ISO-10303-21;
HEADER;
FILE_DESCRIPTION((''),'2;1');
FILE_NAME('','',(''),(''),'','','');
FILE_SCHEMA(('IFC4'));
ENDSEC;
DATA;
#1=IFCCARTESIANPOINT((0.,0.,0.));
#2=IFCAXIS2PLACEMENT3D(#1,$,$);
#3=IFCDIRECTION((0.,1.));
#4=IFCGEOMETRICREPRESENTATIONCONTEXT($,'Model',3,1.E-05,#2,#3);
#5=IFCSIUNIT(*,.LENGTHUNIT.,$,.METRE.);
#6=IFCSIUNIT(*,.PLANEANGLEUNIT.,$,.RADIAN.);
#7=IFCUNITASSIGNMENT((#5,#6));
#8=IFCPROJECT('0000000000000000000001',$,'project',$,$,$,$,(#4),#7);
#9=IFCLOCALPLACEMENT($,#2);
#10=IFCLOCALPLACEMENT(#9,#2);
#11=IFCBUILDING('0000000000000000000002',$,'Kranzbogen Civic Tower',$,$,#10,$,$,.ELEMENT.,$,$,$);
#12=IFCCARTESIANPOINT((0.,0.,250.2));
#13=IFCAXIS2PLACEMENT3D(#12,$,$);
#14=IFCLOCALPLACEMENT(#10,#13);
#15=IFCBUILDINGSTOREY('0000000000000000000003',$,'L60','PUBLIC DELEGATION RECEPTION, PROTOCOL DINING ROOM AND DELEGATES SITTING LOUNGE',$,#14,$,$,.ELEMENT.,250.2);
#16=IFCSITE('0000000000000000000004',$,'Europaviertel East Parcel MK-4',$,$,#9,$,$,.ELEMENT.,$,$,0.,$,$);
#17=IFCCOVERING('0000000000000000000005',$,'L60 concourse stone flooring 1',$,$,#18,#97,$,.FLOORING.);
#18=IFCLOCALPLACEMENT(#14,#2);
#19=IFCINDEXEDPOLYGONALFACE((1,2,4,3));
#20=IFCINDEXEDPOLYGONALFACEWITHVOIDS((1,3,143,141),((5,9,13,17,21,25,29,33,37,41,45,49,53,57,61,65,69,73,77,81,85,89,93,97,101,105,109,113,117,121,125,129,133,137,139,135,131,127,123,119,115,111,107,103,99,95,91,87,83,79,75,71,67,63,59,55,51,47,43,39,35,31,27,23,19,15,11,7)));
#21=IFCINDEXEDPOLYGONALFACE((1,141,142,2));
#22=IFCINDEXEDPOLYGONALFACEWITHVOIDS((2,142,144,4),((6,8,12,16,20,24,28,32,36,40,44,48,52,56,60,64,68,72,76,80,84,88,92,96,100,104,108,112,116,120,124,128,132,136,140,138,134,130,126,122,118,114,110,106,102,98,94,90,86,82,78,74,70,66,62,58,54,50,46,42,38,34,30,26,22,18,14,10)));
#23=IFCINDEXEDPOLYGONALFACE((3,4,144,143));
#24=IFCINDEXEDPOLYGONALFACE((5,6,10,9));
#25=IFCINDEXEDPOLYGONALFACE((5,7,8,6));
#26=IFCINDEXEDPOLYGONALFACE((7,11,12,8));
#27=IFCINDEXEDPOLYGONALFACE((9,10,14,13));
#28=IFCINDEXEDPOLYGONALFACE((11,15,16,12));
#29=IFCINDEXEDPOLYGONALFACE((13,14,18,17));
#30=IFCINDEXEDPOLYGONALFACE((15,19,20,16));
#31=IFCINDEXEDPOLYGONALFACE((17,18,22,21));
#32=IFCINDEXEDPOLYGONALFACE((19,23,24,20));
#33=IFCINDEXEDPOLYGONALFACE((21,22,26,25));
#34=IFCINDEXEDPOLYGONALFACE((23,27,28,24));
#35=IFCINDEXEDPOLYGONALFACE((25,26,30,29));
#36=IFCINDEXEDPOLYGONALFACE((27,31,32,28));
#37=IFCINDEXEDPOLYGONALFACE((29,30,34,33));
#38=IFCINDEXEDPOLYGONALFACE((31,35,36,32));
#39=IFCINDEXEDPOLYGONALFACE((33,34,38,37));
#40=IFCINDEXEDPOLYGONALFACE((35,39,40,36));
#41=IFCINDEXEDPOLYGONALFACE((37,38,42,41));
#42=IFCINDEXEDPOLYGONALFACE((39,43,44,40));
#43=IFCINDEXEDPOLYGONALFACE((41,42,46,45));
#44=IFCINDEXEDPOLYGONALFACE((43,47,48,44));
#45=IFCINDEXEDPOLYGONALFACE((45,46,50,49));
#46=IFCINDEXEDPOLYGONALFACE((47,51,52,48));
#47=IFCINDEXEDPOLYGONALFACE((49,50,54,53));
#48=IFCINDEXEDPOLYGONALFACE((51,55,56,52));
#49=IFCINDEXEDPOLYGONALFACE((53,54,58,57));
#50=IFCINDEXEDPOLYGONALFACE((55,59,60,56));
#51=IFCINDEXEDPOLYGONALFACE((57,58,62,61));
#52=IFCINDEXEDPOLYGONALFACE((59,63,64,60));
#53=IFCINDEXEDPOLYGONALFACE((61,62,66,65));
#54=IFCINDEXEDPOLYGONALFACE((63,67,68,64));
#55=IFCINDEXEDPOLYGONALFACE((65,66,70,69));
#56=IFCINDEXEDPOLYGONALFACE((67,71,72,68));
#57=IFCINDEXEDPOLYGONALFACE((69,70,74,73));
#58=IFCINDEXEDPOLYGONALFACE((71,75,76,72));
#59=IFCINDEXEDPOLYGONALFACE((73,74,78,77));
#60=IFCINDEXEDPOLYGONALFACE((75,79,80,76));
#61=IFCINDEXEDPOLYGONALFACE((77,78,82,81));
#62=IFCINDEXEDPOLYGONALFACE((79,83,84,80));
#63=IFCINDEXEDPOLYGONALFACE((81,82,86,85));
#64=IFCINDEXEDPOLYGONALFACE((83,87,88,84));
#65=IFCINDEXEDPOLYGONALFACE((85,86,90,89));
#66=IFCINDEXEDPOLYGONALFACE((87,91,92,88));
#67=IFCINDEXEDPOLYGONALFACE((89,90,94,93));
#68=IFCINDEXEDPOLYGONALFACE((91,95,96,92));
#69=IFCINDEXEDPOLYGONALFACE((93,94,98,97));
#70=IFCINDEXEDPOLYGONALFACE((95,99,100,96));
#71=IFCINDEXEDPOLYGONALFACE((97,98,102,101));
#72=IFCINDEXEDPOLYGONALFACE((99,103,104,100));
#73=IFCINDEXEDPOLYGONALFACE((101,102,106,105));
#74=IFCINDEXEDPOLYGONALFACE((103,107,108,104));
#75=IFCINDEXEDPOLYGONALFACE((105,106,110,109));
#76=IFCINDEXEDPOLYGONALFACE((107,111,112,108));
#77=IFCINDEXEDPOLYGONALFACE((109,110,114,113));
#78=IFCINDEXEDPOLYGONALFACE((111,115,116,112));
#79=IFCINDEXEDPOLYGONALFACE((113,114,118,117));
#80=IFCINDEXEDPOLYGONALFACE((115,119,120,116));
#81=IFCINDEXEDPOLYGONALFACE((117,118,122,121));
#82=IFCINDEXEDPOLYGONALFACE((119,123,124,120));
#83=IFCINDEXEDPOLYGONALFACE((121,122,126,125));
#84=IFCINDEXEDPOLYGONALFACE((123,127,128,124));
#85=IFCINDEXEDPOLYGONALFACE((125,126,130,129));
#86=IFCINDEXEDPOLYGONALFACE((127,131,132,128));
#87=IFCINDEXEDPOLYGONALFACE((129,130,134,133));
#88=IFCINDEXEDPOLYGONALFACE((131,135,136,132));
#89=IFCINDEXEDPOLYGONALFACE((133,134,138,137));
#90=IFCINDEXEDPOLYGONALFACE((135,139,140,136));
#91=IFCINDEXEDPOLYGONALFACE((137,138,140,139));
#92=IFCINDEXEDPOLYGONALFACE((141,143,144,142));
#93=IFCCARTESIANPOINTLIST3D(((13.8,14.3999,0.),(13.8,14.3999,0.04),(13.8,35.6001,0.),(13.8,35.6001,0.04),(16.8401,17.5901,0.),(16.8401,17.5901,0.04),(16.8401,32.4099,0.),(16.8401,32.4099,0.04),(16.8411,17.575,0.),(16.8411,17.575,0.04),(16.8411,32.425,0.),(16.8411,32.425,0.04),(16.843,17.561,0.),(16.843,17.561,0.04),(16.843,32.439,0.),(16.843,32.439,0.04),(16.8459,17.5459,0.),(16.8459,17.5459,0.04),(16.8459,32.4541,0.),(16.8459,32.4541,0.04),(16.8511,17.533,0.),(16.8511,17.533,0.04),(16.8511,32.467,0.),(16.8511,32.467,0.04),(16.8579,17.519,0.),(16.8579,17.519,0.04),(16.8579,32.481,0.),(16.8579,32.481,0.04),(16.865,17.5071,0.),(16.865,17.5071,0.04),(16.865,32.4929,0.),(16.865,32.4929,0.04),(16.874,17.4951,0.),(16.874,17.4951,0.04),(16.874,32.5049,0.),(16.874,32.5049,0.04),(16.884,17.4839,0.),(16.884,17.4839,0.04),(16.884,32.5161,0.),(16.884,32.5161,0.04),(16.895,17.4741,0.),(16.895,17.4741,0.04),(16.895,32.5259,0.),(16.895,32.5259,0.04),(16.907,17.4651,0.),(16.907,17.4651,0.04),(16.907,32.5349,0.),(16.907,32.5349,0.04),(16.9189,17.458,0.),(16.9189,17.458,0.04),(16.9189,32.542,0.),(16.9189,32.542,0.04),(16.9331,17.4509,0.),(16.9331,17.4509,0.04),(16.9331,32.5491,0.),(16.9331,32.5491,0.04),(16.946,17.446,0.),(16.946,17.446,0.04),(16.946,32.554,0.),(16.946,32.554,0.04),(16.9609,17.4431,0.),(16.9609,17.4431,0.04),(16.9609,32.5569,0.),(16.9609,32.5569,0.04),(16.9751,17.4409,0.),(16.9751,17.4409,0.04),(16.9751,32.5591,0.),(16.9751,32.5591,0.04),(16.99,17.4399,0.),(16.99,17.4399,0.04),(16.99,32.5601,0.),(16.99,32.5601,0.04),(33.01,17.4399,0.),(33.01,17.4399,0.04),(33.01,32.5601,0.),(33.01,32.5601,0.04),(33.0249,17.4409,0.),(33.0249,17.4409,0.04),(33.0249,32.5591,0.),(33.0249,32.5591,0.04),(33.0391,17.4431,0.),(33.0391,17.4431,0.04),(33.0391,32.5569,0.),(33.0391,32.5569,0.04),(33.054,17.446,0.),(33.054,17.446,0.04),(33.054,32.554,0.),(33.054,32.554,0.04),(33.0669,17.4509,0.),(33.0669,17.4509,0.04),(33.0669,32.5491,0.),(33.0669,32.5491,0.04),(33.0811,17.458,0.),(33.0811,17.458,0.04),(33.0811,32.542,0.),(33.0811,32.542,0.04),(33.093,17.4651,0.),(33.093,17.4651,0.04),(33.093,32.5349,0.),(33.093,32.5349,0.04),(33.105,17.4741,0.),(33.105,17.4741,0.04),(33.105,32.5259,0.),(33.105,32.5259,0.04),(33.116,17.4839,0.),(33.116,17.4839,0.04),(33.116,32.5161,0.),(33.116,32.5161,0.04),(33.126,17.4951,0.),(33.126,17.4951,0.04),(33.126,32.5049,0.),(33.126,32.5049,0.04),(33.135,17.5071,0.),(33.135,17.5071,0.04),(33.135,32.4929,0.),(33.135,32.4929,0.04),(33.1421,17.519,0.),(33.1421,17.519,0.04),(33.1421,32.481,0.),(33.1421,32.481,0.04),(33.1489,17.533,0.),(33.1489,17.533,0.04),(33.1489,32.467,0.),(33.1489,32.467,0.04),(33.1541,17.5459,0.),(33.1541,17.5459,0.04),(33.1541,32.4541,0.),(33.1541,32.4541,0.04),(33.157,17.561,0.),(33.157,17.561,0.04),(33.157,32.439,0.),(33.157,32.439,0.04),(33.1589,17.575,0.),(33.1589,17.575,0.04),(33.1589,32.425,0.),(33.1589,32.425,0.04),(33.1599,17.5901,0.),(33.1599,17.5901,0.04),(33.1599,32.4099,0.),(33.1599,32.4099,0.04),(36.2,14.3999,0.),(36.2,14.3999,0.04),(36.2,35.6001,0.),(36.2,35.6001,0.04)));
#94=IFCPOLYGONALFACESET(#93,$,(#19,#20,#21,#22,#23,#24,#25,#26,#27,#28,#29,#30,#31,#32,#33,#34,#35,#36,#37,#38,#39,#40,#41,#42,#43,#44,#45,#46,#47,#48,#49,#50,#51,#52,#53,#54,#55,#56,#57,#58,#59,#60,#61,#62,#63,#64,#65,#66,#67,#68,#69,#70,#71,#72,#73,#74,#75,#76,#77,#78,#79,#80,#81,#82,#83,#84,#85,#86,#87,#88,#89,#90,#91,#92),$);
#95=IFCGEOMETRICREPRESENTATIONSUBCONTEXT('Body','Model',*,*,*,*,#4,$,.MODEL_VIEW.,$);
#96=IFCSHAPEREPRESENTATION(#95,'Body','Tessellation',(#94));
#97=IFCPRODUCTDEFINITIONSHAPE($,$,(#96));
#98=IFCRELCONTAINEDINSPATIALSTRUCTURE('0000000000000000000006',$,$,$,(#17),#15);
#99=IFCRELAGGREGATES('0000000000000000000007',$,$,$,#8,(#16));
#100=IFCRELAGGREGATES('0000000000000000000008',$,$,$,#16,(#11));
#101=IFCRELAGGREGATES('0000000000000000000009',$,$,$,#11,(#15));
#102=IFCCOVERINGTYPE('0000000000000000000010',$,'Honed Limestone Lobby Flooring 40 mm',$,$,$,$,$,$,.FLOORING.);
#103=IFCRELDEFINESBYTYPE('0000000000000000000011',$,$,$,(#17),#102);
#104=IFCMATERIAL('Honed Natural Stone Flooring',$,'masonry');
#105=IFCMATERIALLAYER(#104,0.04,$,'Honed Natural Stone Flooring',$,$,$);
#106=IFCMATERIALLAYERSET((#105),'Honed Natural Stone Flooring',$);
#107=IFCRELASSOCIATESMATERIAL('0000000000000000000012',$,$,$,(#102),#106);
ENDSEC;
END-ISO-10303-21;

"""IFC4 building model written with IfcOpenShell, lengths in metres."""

from ifc_helpers import new_model, si_unit, direction, frame, origin, place, context, subcontext, project, spatial, polyline, outline, extrude, material, layer, layer_set, type_object, element, save


model = new_model("IFC4")

# Units and contexts
model_context = context("Model", 3, precision=1e-05, world=origin(), true_north=direction((0.0, 1.0)))
body_context = subcontext(model_context, "Body", "Model", "MODEL_VIEW")
ifc_project = project(units=[si_unit("LENGTHUNIT", "METRE"), si_unit("PLANEANGLEUNIT", "RADIAN")], contexts=[model_context])

# Site, building, storey
site_placement = place(None, origin())
site = spatial("IfcSite", under=ifc_project, at=site_placement, Name="Europaviertel East Parcel MK-4", CompositionType="ELEMENT", RefElevation=0.0)
building_placement = place(site_placement, origin())
building = spatial("IfcBuilding", under=site, at=building_placement, Name="Kranzbogen Civic Tower", CompositionType="ELEMENT")
storey_placement = place(building_placement, frame((0.0, 0.0, 250.2)))
storey = spatial("IfcBuildingStorey", under=building, at=storey_placement, Name="L60", Description="PUBLIC DELEGATION RECEPTION, PROTOCOL DINING ROOM AND DELEGATES SITTING LOUNGE", CompositionType="ELEMENT", Elevation=250.2)

# Covering
ifc_material_1 = material(Name="Honed Natural Stone Flooring", Category="masonry")
ifc_layer_1 = layer(ifc_material_1, 0.04, Name="Honed Natural Stone Flooring")
ifc_layer_set_1 = layer_set([ifc_layer_1], Name="Honed Natural Stone Flooring")
covering_type_1 = type_object("IfcCoveringType", Name="Honed Limestone Lobby Flooring 40 mm", PredefinedType="FLOORING", material=ifc_layer_set_1)
covering_1_placement = place(storey_placement, origin())
element("IfcCovering", 1, at=covering_1_placement, inside=storey, type_object=covering_type_1, Name="L60 concourse stone flooring 1", PredefinedType="FLOORING", context=body_context, shape_type="SweptSolid", body=[
    extrude(outline(polyline([(13.8, 35.6001), (36.2, 35.6001), (36.2, 14.3999), (13.8, 14.3999), (13.8, 35.6001)]), holes=[polyline([(33.01, 32.5601), (33.0249, 32.5591), (33.0391, 32.5569), (33.054, 32.554), (33.0669, 32.5491), (33.0811, 32.542), (33.093, 32.5349), (33.105, 32.5259), (33.116, 32.5161), (33.126, 32.5049), (33.135, 32.4929), (33.1421, 32.481), (33.1489, 32.467), (33.1541, 32.4541), (33.157, 32.439), (33.1589, 32.425), (33.1599, 32.4099), (33.1599, 17.5901), (33.1589, 17.575), (33.157, 17.561), (33.1541, 17.5459), (33.1489, 17.533), (33.1421, 17.519), (33.135, 17.5071), (33.126, 17.4951), (33.116, 17.4839), (33.105, 17.4741), (33.093, 17.4651), (33.0811, 17.458), (33.0669, 17.4509), (33.054, 17.446), (33.0391, 17.4431), (33.0249, 17.4409), (33.01, 17.4399), (16.99, 17.4399), (16.9751, 17.4409), (16.9609, 17.4431), (16.946, 17.446), (16.9331, 17.4509), (16.9189, 17.458), (16.907, 17.4651), (16.895, 17.4741), (16.884, 17.4839), (16.874, 17.4951), (16.865, 17.5071), (16.8579, 17.519), (16.8511, 17.533), (16.8459, 17.5459), (16.843, 17.561), (16.8411, 17.575), (16.8401, 17.5901), (16.8401, 32.4099), (16.8411, 32.425), (16.843, 32.439), (16.8459, 32.4541), (16.8511, 32.467), (16.8579, 32.481), (16.865, 32.4929), (16.874, 32.5049), (16.884, 32.5161), (16.895, 32.5259), (16.907, 32.5349), (16.9189, 32.542), (16.9331, 32.5491), (16.946, 32.554), (16.9609, 32.5569), (16.9751, 32.5591), (16.99, 32.5601), (33.01, 32.5601)])]), origin(), (0.0, 0.0, 1.0), 0.04),
])

save(model, "model.ifc")
